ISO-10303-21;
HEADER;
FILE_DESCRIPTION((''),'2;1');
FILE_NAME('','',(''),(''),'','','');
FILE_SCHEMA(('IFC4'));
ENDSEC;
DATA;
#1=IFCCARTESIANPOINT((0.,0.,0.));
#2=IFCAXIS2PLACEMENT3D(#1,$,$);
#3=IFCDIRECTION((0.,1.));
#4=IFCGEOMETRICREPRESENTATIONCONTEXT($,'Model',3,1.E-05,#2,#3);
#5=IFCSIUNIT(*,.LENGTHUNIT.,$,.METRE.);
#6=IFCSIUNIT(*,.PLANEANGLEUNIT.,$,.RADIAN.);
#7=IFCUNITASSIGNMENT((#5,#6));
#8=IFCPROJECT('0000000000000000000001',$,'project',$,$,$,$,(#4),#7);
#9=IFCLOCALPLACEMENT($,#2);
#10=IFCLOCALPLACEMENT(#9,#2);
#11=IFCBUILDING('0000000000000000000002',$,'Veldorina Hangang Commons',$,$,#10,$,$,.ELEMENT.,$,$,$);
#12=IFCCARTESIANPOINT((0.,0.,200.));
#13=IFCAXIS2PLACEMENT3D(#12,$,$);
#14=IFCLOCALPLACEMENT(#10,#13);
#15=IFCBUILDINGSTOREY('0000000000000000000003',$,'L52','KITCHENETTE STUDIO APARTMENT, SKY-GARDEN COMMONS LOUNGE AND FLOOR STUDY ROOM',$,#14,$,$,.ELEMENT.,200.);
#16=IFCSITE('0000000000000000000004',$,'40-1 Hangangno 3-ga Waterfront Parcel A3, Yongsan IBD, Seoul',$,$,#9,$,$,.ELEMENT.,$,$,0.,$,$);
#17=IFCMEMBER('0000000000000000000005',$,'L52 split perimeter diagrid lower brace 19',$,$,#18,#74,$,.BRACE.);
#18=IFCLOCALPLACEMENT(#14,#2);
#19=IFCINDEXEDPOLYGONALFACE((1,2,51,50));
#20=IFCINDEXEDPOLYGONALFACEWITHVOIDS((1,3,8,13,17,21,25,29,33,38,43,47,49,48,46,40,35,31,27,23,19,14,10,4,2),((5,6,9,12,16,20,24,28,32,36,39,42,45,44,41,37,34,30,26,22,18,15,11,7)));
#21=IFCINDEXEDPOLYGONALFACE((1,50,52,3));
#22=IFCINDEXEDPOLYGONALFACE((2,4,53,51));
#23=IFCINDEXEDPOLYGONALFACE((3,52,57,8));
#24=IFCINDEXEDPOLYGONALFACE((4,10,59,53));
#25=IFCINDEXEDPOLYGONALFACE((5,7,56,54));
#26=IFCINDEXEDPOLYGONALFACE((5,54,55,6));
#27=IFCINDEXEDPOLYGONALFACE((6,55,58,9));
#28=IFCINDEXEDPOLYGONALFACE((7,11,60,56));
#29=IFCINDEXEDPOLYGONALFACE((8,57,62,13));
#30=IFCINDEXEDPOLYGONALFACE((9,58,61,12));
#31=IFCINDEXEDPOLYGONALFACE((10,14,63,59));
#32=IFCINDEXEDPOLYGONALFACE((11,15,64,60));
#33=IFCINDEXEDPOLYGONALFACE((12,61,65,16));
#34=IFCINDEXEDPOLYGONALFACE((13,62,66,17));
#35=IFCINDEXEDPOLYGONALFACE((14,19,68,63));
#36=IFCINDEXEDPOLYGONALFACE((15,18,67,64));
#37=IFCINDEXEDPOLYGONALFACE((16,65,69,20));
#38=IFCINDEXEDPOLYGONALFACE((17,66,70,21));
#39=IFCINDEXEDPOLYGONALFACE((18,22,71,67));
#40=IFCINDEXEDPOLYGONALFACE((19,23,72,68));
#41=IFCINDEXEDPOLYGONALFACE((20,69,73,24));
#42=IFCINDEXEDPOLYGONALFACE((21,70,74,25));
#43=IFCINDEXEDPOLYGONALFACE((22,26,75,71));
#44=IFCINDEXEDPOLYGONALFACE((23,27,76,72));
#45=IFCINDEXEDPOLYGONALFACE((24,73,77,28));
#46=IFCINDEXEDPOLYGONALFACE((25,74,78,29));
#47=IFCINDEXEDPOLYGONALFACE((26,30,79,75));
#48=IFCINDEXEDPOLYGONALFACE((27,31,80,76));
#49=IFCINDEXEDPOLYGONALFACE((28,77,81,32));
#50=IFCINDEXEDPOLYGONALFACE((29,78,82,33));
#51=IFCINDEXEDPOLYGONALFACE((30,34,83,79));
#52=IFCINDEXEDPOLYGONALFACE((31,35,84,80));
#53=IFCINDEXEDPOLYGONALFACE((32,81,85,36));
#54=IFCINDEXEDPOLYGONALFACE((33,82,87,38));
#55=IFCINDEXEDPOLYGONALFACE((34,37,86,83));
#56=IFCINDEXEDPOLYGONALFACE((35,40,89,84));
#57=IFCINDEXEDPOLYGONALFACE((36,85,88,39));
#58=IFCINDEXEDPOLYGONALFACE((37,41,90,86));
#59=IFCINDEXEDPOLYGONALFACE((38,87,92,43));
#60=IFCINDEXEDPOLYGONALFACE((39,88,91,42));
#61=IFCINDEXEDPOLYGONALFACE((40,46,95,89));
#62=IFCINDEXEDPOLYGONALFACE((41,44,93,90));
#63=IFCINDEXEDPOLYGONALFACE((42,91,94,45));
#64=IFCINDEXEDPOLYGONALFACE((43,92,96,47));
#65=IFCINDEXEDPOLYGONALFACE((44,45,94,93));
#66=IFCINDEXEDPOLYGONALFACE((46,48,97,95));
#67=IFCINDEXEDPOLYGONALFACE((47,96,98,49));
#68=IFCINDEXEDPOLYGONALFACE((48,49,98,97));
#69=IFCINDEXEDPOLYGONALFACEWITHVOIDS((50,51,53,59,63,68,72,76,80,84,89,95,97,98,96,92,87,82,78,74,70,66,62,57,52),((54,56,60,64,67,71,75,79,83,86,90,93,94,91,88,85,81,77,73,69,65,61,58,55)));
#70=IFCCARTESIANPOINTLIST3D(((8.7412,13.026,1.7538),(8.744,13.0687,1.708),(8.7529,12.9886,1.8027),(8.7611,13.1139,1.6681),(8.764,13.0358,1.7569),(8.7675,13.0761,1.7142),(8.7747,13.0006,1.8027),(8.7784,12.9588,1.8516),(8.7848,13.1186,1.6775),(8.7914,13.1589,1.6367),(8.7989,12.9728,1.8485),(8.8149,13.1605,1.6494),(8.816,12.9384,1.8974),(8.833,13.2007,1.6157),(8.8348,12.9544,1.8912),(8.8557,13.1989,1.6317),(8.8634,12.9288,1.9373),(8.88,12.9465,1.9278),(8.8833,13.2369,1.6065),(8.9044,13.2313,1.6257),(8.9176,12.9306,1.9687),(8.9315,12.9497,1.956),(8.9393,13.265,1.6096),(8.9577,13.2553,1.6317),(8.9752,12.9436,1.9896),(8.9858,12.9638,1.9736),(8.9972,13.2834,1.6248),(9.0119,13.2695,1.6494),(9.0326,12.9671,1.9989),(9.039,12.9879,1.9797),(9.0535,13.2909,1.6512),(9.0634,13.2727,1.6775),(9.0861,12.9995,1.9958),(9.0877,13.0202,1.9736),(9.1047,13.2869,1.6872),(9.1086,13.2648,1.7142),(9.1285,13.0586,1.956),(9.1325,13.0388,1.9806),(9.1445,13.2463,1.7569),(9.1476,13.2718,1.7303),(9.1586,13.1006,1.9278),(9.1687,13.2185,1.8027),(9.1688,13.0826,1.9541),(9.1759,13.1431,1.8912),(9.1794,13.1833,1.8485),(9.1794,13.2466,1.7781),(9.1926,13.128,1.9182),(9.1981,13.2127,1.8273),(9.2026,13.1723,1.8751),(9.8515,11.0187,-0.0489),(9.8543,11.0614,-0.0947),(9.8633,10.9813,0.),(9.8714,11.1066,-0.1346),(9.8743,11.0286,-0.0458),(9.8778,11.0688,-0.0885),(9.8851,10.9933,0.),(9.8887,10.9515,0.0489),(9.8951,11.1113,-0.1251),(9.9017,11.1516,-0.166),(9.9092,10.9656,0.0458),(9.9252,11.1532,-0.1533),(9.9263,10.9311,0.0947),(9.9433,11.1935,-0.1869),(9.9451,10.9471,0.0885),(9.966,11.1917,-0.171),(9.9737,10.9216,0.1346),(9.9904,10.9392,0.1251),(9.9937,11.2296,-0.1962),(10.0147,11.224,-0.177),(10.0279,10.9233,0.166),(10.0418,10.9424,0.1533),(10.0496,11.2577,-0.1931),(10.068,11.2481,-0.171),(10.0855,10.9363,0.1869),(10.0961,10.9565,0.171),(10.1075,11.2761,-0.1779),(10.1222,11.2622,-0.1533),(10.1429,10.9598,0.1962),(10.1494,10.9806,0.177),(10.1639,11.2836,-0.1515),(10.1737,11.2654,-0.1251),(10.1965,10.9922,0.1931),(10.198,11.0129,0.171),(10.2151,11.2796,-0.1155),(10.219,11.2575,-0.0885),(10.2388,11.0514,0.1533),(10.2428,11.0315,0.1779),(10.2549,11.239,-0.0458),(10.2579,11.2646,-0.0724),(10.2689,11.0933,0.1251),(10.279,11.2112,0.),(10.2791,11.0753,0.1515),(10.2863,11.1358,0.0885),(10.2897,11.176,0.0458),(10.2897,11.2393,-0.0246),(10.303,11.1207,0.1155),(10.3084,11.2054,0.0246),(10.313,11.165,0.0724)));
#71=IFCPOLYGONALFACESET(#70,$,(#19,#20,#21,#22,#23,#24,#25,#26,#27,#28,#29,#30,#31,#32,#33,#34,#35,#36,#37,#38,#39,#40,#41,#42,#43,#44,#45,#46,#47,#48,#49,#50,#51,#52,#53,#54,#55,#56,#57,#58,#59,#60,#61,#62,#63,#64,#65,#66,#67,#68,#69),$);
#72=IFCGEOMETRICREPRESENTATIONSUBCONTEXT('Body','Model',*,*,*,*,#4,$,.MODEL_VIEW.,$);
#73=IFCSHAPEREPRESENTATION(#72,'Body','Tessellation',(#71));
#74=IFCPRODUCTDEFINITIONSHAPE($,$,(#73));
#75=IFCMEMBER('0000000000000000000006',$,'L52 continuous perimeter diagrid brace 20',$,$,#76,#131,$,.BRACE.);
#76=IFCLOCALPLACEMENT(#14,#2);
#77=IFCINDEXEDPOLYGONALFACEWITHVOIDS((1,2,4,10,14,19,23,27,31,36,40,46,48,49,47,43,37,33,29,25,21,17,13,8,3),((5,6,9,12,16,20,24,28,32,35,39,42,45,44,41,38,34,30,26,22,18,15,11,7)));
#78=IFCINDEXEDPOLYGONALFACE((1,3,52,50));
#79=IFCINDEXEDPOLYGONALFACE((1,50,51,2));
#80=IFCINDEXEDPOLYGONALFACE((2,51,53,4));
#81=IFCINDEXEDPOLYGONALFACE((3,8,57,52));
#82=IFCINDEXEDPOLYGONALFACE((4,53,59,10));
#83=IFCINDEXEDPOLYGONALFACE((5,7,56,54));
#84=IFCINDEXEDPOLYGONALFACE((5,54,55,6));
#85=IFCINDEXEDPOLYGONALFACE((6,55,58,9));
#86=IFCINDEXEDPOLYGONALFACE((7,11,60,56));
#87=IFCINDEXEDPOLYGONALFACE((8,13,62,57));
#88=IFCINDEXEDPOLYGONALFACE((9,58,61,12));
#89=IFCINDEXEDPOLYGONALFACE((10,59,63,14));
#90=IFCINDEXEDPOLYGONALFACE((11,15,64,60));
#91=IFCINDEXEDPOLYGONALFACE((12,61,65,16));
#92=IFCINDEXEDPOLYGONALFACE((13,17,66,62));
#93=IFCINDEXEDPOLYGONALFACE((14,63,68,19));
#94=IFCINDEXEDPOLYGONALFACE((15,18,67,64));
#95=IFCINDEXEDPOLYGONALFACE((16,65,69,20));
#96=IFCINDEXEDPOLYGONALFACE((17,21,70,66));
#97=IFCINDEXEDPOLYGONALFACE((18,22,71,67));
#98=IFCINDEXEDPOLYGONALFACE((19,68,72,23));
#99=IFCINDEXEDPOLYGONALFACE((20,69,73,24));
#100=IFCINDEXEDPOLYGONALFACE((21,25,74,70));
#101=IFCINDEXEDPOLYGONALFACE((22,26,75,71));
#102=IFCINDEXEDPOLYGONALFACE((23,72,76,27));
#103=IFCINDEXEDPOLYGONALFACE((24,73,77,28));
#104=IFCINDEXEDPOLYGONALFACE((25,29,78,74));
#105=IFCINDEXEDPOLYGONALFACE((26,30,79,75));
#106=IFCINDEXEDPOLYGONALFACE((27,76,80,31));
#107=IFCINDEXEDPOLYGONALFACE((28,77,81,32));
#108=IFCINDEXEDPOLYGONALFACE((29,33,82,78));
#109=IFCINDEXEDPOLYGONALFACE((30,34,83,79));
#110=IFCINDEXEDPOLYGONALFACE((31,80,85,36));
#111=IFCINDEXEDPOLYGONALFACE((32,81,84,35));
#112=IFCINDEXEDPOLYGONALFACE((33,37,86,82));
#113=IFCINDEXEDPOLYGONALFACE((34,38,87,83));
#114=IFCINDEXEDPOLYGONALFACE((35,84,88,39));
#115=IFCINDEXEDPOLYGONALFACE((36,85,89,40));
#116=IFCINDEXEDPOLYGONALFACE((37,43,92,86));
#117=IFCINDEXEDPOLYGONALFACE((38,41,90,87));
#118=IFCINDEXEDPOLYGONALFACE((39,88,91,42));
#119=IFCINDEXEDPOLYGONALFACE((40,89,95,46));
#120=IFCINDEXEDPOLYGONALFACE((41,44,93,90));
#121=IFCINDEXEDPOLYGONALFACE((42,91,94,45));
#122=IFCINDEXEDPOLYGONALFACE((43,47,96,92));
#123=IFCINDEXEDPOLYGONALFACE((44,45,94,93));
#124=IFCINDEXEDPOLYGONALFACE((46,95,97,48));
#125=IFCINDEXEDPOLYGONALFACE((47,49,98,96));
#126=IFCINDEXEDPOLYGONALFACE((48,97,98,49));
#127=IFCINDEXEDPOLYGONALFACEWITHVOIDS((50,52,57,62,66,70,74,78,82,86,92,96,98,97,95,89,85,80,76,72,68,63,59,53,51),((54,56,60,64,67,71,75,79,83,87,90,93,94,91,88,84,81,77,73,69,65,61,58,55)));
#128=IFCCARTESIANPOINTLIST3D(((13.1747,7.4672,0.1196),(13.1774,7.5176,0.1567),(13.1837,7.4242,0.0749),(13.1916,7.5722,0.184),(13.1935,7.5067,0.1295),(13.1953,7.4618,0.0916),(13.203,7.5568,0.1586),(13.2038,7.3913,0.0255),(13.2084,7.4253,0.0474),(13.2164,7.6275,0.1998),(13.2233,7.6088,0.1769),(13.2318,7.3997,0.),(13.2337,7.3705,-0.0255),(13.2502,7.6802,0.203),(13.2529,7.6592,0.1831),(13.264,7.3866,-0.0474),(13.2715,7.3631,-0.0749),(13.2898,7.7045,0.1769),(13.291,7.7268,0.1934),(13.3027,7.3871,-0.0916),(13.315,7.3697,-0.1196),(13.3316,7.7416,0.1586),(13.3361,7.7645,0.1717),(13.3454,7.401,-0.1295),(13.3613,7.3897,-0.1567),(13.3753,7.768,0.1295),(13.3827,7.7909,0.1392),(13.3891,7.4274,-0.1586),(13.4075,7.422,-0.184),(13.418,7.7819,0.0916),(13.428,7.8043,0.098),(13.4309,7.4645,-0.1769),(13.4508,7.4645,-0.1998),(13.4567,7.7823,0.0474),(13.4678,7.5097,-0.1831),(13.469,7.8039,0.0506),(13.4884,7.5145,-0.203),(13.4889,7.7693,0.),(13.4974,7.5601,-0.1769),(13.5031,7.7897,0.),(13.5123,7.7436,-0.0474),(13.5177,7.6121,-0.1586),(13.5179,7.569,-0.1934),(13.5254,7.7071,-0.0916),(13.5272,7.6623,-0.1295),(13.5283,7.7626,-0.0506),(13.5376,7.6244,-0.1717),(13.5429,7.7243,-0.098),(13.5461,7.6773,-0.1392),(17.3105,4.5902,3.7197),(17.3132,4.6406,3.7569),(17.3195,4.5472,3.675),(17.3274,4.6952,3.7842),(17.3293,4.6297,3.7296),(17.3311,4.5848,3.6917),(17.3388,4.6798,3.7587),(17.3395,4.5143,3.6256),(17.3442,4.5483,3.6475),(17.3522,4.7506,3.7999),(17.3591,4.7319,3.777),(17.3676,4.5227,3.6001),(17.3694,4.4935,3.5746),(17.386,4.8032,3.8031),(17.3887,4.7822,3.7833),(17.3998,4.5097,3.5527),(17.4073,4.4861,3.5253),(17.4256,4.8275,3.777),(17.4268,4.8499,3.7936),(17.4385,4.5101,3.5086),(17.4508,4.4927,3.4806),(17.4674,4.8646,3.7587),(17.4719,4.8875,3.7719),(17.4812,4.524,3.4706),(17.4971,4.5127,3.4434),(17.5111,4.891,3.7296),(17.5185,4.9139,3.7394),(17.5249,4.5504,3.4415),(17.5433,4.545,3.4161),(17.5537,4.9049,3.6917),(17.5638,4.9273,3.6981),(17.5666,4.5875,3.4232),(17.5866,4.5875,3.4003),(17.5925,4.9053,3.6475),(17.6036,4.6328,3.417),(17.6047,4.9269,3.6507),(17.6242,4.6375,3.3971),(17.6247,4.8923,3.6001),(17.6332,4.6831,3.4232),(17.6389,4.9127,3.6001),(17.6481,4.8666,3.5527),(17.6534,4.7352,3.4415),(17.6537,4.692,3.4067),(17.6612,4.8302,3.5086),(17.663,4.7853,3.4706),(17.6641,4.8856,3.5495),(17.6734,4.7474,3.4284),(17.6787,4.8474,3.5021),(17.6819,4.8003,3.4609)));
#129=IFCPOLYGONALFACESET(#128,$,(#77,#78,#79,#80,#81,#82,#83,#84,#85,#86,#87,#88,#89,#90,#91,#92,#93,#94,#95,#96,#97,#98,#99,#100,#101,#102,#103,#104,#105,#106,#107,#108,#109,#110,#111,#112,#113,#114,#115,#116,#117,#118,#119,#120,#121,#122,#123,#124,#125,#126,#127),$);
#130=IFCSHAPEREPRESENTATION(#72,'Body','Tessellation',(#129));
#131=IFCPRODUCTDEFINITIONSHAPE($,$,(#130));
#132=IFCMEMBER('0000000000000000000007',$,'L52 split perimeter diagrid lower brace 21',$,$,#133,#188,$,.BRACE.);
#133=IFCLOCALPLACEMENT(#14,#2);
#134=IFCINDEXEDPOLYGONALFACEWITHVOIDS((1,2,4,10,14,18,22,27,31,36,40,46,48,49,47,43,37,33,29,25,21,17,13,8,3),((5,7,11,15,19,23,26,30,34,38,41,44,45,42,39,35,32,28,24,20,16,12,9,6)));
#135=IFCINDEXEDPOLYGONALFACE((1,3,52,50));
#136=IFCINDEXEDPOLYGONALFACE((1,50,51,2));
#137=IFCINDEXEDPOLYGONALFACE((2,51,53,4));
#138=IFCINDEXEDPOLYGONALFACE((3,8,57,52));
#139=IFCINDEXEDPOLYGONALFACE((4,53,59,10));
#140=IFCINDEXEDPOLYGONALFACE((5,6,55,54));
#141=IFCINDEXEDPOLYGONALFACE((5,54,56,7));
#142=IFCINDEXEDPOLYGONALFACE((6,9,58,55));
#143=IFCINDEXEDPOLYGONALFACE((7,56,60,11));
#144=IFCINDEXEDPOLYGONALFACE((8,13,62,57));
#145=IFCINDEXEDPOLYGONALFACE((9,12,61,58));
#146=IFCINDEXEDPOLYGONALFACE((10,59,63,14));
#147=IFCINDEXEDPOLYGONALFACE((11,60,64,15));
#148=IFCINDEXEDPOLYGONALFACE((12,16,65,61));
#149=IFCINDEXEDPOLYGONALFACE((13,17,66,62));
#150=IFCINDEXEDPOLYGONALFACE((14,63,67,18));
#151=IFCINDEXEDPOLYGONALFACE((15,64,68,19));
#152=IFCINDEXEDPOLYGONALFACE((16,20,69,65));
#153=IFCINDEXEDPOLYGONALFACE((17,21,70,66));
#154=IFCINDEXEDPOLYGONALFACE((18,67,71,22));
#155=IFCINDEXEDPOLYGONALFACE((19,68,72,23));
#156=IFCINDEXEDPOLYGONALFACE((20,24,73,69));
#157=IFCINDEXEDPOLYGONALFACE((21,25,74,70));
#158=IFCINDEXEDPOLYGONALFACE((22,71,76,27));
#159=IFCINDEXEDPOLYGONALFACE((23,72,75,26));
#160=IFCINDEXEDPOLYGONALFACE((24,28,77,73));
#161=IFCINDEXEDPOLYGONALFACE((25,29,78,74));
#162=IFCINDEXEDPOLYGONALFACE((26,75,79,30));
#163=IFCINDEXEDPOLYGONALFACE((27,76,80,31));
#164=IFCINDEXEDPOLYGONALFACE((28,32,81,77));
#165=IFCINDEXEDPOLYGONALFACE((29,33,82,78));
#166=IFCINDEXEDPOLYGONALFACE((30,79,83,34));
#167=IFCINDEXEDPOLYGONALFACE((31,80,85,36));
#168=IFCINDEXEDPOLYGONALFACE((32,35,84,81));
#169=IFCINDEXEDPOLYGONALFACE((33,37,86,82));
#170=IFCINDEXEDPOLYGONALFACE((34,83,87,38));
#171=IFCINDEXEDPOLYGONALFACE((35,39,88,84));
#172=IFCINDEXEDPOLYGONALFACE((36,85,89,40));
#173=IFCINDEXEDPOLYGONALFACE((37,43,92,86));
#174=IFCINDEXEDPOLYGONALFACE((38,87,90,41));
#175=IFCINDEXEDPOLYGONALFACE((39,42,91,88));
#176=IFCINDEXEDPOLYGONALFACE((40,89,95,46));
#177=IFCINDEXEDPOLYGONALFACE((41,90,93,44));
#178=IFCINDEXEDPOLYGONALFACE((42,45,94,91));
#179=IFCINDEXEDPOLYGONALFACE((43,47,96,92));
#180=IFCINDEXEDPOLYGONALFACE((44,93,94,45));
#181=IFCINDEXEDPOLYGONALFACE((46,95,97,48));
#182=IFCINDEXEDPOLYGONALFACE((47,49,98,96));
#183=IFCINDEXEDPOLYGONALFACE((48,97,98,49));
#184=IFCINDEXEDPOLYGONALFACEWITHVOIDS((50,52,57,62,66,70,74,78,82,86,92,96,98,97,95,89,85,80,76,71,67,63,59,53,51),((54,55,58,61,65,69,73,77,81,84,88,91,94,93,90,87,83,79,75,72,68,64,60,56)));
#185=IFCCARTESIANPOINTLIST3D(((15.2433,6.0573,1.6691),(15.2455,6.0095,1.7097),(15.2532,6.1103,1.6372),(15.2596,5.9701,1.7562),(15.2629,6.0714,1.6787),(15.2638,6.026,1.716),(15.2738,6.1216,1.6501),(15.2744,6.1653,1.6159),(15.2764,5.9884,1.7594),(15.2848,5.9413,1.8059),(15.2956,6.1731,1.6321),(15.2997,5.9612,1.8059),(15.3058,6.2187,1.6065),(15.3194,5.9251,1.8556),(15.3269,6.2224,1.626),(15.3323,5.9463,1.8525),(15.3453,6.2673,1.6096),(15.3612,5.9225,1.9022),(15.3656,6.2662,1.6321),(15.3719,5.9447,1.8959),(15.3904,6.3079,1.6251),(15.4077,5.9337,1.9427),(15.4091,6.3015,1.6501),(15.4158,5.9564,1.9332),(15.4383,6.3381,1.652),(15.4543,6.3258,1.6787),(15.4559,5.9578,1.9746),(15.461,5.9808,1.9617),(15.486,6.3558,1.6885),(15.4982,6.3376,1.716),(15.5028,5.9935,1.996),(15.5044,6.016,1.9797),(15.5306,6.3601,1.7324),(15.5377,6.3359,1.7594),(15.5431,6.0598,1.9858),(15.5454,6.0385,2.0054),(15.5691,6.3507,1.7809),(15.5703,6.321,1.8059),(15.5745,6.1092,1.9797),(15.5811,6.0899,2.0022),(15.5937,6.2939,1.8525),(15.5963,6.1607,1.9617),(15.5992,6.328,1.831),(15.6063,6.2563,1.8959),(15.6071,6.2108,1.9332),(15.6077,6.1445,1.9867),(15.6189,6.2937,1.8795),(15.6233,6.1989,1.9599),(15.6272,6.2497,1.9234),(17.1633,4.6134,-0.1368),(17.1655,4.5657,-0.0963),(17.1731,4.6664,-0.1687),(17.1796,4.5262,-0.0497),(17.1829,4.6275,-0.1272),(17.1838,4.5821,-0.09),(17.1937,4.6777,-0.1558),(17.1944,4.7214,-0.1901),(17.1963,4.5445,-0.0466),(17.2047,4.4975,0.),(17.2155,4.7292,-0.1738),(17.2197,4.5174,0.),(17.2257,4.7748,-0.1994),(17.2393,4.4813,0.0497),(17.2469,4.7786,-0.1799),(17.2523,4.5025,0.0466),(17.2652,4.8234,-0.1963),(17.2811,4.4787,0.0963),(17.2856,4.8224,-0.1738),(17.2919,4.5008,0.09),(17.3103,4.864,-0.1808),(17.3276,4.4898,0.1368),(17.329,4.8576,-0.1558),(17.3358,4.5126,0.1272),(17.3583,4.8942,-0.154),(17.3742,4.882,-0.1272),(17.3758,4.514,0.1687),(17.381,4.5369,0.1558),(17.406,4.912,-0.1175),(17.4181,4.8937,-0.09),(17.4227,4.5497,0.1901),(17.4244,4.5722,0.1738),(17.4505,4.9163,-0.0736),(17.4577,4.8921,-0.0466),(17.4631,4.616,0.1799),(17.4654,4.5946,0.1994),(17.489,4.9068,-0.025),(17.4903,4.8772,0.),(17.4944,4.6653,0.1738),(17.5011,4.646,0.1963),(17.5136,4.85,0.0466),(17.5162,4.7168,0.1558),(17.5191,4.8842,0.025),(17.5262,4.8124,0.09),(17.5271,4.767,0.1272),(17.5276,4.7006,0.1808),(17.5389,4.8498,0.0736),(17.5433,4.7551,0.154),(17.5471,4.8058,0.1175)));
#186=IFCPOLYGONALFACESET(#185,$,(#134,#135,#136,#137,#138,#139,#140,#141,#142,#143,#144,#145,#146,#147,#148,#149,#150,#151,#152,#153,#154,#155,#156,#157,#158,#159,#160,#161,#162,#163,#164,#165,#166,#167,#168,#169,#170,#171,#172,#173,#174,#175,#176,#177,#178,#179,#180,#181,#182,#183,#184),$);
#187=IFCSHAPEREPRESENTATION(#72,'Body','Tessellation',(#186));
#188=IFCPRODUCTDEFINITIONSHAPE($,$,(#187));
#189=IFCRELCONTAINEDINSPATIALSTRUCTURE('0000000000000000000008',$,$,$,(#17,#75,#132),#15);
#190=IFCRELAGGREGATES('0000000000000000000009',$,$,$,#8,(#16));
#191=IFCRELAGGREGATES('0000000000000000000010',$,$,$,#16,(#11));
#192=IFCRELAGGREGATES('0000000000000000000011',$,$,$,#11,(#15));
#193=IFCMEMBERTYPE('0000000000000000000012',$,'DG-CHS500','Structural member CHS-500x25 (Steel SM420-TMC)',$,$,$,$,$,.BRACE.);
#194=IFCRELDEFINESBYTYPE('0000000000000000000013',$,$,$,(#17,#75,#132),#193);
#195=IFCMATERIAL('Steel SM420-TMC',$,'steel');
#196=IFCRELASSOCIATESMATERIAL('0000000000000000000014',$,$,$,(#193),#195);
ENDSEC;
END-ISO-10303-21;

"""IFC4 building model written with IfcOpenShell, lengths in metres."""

from ifc_helpers import new_model, si_unit, direction, frame, origin, origin_2d, place, context, subcontext, project, spatial, hollow_circle, extrude, material, material_profile, profile_set, type_object, element, save


model = new_model("IFC4")

# Units and contexts
model_context = context("Model", 3, precision=1e-05, world=origin(), true_north=direction((0.0, 1.0)))
body_context = subcontext(model_context, "Body", "Model", "MODEL_VIEW")
ifc_project = project(units=[si_unit("LENGTHUNIT", "METRE"), si_unit("PLANEANGLEUNIT", "RADIAN")], contexts=[model_context])

# Site, building, storey
site_placement = place(None, origin())
site = spatial("IfcSite", under=ifc_project, at=site_placement, Name="40-1 Hangangno 3-ga Waterfront Parcel A3, Yongsan IBD, Seoul", CompositionType="ELEMENT", RefElevation=0.0)
building_placement = place(site_placement, origin())
building = spatial("IfcBuilding", under=site, at=building_placement, Name="Veldorina Hangang Commons", CompositionType="ELEMENT")
storey_placement = place(building_placement, frame((0.0, 0.0, 200.0)))
storey = spatial("IfcBuildingStorey", under=building, at=storey_placement, Name="L52", Description="KITCHENETTE STUDIO APARTMENT, SKY-GARDEN COMMONS LOUNGE AND FLOOR STUDY ROOM", CompositionType="ELEMENT", Elevation=200.0)

# Shared definitions
ifc_material_1 = material(Name="Steel SM420-TMC", Category="steel")

# Members
ifc_material_profile_1 = material_profile(ifc_material_1, hollow_circle(Radius=0.25, WallThickness=0.0249, at=origin_2d()), Name="CHS-500x25")
ifc_profile_set_1 = profile_set([ifc_material_profile_1], Name="Steel SM420-TMC")
member_type_1 = type_object("IfcMemberType", Name="DG-CHS500", Description="Structural member CHS-500x25 (Steel SM420-TMC)", PredefinedType="BRACE", material=ifc_profile_set_1)
member_1_placement = place(storey_placement, frame((10.082, 11.1023, 0.0), z_axis=(-0.380577, 0.688018, 0.617894), x_axis=(-0.875049, -0.484034, 0.0)))
element("IfcMember", 1, at=member_1_placement, inside=storey, type_object=member_type_1, Name="L52 split perimeter diagrid lower brace 19", PredefinedType="BRACE", context=body_context, shape_type="SweptSolid", body=[
    extrude(hollow_circle(Radius=0.25, WallThickness=0.0249, at=origin_2d()), origin(), (0.0, 0.0, 1.0), 2.9175),
])
member_2_placement = place(storey_placement, frame((13.3604, 7.5845, 0.0), z_axis=(0.667908, -0.464618, 0.581403), x_axis=(0.571053, 0.820913, 0.0)))
element("IfcMember", 2, at=member_2_placement, inside=storey, type_object=member_type_1, Name="L52 continuous perimeter diagrid brace 20", PredefinedType="BRACE", context=body_context, shape_type="SweptSolid", body=[
    extrude(hollow_circle(Radius=0.25, WallThickness=0.0249, at=origin_2d()), origin(), (0.0, 0.0, 1.0), 6.1921),
])
member_3_placement = place(storey_placement, frame((17.355, 4.6973, 0.0), z_axis=(-0.638836, 0.480427, 0.600899), x_axis=(-0.60104, -0.799219, 0.0)))
element("IfcMember", 3, at=member_3_placement, inside=storey, type_object=member_type_1, Name="L52 split perimeter diagrid lower brace 21", PredefinedType="BRACE", context=body_context, shape_type="SweptSolid", body=[
    extrude(hollow_circle(Radius=0.25, WallThickness=0.0249, at=origin_2d()), origin(), (0.0, 0.0, 1.0), 3.0054),
])

save(model, "model.ifc")
